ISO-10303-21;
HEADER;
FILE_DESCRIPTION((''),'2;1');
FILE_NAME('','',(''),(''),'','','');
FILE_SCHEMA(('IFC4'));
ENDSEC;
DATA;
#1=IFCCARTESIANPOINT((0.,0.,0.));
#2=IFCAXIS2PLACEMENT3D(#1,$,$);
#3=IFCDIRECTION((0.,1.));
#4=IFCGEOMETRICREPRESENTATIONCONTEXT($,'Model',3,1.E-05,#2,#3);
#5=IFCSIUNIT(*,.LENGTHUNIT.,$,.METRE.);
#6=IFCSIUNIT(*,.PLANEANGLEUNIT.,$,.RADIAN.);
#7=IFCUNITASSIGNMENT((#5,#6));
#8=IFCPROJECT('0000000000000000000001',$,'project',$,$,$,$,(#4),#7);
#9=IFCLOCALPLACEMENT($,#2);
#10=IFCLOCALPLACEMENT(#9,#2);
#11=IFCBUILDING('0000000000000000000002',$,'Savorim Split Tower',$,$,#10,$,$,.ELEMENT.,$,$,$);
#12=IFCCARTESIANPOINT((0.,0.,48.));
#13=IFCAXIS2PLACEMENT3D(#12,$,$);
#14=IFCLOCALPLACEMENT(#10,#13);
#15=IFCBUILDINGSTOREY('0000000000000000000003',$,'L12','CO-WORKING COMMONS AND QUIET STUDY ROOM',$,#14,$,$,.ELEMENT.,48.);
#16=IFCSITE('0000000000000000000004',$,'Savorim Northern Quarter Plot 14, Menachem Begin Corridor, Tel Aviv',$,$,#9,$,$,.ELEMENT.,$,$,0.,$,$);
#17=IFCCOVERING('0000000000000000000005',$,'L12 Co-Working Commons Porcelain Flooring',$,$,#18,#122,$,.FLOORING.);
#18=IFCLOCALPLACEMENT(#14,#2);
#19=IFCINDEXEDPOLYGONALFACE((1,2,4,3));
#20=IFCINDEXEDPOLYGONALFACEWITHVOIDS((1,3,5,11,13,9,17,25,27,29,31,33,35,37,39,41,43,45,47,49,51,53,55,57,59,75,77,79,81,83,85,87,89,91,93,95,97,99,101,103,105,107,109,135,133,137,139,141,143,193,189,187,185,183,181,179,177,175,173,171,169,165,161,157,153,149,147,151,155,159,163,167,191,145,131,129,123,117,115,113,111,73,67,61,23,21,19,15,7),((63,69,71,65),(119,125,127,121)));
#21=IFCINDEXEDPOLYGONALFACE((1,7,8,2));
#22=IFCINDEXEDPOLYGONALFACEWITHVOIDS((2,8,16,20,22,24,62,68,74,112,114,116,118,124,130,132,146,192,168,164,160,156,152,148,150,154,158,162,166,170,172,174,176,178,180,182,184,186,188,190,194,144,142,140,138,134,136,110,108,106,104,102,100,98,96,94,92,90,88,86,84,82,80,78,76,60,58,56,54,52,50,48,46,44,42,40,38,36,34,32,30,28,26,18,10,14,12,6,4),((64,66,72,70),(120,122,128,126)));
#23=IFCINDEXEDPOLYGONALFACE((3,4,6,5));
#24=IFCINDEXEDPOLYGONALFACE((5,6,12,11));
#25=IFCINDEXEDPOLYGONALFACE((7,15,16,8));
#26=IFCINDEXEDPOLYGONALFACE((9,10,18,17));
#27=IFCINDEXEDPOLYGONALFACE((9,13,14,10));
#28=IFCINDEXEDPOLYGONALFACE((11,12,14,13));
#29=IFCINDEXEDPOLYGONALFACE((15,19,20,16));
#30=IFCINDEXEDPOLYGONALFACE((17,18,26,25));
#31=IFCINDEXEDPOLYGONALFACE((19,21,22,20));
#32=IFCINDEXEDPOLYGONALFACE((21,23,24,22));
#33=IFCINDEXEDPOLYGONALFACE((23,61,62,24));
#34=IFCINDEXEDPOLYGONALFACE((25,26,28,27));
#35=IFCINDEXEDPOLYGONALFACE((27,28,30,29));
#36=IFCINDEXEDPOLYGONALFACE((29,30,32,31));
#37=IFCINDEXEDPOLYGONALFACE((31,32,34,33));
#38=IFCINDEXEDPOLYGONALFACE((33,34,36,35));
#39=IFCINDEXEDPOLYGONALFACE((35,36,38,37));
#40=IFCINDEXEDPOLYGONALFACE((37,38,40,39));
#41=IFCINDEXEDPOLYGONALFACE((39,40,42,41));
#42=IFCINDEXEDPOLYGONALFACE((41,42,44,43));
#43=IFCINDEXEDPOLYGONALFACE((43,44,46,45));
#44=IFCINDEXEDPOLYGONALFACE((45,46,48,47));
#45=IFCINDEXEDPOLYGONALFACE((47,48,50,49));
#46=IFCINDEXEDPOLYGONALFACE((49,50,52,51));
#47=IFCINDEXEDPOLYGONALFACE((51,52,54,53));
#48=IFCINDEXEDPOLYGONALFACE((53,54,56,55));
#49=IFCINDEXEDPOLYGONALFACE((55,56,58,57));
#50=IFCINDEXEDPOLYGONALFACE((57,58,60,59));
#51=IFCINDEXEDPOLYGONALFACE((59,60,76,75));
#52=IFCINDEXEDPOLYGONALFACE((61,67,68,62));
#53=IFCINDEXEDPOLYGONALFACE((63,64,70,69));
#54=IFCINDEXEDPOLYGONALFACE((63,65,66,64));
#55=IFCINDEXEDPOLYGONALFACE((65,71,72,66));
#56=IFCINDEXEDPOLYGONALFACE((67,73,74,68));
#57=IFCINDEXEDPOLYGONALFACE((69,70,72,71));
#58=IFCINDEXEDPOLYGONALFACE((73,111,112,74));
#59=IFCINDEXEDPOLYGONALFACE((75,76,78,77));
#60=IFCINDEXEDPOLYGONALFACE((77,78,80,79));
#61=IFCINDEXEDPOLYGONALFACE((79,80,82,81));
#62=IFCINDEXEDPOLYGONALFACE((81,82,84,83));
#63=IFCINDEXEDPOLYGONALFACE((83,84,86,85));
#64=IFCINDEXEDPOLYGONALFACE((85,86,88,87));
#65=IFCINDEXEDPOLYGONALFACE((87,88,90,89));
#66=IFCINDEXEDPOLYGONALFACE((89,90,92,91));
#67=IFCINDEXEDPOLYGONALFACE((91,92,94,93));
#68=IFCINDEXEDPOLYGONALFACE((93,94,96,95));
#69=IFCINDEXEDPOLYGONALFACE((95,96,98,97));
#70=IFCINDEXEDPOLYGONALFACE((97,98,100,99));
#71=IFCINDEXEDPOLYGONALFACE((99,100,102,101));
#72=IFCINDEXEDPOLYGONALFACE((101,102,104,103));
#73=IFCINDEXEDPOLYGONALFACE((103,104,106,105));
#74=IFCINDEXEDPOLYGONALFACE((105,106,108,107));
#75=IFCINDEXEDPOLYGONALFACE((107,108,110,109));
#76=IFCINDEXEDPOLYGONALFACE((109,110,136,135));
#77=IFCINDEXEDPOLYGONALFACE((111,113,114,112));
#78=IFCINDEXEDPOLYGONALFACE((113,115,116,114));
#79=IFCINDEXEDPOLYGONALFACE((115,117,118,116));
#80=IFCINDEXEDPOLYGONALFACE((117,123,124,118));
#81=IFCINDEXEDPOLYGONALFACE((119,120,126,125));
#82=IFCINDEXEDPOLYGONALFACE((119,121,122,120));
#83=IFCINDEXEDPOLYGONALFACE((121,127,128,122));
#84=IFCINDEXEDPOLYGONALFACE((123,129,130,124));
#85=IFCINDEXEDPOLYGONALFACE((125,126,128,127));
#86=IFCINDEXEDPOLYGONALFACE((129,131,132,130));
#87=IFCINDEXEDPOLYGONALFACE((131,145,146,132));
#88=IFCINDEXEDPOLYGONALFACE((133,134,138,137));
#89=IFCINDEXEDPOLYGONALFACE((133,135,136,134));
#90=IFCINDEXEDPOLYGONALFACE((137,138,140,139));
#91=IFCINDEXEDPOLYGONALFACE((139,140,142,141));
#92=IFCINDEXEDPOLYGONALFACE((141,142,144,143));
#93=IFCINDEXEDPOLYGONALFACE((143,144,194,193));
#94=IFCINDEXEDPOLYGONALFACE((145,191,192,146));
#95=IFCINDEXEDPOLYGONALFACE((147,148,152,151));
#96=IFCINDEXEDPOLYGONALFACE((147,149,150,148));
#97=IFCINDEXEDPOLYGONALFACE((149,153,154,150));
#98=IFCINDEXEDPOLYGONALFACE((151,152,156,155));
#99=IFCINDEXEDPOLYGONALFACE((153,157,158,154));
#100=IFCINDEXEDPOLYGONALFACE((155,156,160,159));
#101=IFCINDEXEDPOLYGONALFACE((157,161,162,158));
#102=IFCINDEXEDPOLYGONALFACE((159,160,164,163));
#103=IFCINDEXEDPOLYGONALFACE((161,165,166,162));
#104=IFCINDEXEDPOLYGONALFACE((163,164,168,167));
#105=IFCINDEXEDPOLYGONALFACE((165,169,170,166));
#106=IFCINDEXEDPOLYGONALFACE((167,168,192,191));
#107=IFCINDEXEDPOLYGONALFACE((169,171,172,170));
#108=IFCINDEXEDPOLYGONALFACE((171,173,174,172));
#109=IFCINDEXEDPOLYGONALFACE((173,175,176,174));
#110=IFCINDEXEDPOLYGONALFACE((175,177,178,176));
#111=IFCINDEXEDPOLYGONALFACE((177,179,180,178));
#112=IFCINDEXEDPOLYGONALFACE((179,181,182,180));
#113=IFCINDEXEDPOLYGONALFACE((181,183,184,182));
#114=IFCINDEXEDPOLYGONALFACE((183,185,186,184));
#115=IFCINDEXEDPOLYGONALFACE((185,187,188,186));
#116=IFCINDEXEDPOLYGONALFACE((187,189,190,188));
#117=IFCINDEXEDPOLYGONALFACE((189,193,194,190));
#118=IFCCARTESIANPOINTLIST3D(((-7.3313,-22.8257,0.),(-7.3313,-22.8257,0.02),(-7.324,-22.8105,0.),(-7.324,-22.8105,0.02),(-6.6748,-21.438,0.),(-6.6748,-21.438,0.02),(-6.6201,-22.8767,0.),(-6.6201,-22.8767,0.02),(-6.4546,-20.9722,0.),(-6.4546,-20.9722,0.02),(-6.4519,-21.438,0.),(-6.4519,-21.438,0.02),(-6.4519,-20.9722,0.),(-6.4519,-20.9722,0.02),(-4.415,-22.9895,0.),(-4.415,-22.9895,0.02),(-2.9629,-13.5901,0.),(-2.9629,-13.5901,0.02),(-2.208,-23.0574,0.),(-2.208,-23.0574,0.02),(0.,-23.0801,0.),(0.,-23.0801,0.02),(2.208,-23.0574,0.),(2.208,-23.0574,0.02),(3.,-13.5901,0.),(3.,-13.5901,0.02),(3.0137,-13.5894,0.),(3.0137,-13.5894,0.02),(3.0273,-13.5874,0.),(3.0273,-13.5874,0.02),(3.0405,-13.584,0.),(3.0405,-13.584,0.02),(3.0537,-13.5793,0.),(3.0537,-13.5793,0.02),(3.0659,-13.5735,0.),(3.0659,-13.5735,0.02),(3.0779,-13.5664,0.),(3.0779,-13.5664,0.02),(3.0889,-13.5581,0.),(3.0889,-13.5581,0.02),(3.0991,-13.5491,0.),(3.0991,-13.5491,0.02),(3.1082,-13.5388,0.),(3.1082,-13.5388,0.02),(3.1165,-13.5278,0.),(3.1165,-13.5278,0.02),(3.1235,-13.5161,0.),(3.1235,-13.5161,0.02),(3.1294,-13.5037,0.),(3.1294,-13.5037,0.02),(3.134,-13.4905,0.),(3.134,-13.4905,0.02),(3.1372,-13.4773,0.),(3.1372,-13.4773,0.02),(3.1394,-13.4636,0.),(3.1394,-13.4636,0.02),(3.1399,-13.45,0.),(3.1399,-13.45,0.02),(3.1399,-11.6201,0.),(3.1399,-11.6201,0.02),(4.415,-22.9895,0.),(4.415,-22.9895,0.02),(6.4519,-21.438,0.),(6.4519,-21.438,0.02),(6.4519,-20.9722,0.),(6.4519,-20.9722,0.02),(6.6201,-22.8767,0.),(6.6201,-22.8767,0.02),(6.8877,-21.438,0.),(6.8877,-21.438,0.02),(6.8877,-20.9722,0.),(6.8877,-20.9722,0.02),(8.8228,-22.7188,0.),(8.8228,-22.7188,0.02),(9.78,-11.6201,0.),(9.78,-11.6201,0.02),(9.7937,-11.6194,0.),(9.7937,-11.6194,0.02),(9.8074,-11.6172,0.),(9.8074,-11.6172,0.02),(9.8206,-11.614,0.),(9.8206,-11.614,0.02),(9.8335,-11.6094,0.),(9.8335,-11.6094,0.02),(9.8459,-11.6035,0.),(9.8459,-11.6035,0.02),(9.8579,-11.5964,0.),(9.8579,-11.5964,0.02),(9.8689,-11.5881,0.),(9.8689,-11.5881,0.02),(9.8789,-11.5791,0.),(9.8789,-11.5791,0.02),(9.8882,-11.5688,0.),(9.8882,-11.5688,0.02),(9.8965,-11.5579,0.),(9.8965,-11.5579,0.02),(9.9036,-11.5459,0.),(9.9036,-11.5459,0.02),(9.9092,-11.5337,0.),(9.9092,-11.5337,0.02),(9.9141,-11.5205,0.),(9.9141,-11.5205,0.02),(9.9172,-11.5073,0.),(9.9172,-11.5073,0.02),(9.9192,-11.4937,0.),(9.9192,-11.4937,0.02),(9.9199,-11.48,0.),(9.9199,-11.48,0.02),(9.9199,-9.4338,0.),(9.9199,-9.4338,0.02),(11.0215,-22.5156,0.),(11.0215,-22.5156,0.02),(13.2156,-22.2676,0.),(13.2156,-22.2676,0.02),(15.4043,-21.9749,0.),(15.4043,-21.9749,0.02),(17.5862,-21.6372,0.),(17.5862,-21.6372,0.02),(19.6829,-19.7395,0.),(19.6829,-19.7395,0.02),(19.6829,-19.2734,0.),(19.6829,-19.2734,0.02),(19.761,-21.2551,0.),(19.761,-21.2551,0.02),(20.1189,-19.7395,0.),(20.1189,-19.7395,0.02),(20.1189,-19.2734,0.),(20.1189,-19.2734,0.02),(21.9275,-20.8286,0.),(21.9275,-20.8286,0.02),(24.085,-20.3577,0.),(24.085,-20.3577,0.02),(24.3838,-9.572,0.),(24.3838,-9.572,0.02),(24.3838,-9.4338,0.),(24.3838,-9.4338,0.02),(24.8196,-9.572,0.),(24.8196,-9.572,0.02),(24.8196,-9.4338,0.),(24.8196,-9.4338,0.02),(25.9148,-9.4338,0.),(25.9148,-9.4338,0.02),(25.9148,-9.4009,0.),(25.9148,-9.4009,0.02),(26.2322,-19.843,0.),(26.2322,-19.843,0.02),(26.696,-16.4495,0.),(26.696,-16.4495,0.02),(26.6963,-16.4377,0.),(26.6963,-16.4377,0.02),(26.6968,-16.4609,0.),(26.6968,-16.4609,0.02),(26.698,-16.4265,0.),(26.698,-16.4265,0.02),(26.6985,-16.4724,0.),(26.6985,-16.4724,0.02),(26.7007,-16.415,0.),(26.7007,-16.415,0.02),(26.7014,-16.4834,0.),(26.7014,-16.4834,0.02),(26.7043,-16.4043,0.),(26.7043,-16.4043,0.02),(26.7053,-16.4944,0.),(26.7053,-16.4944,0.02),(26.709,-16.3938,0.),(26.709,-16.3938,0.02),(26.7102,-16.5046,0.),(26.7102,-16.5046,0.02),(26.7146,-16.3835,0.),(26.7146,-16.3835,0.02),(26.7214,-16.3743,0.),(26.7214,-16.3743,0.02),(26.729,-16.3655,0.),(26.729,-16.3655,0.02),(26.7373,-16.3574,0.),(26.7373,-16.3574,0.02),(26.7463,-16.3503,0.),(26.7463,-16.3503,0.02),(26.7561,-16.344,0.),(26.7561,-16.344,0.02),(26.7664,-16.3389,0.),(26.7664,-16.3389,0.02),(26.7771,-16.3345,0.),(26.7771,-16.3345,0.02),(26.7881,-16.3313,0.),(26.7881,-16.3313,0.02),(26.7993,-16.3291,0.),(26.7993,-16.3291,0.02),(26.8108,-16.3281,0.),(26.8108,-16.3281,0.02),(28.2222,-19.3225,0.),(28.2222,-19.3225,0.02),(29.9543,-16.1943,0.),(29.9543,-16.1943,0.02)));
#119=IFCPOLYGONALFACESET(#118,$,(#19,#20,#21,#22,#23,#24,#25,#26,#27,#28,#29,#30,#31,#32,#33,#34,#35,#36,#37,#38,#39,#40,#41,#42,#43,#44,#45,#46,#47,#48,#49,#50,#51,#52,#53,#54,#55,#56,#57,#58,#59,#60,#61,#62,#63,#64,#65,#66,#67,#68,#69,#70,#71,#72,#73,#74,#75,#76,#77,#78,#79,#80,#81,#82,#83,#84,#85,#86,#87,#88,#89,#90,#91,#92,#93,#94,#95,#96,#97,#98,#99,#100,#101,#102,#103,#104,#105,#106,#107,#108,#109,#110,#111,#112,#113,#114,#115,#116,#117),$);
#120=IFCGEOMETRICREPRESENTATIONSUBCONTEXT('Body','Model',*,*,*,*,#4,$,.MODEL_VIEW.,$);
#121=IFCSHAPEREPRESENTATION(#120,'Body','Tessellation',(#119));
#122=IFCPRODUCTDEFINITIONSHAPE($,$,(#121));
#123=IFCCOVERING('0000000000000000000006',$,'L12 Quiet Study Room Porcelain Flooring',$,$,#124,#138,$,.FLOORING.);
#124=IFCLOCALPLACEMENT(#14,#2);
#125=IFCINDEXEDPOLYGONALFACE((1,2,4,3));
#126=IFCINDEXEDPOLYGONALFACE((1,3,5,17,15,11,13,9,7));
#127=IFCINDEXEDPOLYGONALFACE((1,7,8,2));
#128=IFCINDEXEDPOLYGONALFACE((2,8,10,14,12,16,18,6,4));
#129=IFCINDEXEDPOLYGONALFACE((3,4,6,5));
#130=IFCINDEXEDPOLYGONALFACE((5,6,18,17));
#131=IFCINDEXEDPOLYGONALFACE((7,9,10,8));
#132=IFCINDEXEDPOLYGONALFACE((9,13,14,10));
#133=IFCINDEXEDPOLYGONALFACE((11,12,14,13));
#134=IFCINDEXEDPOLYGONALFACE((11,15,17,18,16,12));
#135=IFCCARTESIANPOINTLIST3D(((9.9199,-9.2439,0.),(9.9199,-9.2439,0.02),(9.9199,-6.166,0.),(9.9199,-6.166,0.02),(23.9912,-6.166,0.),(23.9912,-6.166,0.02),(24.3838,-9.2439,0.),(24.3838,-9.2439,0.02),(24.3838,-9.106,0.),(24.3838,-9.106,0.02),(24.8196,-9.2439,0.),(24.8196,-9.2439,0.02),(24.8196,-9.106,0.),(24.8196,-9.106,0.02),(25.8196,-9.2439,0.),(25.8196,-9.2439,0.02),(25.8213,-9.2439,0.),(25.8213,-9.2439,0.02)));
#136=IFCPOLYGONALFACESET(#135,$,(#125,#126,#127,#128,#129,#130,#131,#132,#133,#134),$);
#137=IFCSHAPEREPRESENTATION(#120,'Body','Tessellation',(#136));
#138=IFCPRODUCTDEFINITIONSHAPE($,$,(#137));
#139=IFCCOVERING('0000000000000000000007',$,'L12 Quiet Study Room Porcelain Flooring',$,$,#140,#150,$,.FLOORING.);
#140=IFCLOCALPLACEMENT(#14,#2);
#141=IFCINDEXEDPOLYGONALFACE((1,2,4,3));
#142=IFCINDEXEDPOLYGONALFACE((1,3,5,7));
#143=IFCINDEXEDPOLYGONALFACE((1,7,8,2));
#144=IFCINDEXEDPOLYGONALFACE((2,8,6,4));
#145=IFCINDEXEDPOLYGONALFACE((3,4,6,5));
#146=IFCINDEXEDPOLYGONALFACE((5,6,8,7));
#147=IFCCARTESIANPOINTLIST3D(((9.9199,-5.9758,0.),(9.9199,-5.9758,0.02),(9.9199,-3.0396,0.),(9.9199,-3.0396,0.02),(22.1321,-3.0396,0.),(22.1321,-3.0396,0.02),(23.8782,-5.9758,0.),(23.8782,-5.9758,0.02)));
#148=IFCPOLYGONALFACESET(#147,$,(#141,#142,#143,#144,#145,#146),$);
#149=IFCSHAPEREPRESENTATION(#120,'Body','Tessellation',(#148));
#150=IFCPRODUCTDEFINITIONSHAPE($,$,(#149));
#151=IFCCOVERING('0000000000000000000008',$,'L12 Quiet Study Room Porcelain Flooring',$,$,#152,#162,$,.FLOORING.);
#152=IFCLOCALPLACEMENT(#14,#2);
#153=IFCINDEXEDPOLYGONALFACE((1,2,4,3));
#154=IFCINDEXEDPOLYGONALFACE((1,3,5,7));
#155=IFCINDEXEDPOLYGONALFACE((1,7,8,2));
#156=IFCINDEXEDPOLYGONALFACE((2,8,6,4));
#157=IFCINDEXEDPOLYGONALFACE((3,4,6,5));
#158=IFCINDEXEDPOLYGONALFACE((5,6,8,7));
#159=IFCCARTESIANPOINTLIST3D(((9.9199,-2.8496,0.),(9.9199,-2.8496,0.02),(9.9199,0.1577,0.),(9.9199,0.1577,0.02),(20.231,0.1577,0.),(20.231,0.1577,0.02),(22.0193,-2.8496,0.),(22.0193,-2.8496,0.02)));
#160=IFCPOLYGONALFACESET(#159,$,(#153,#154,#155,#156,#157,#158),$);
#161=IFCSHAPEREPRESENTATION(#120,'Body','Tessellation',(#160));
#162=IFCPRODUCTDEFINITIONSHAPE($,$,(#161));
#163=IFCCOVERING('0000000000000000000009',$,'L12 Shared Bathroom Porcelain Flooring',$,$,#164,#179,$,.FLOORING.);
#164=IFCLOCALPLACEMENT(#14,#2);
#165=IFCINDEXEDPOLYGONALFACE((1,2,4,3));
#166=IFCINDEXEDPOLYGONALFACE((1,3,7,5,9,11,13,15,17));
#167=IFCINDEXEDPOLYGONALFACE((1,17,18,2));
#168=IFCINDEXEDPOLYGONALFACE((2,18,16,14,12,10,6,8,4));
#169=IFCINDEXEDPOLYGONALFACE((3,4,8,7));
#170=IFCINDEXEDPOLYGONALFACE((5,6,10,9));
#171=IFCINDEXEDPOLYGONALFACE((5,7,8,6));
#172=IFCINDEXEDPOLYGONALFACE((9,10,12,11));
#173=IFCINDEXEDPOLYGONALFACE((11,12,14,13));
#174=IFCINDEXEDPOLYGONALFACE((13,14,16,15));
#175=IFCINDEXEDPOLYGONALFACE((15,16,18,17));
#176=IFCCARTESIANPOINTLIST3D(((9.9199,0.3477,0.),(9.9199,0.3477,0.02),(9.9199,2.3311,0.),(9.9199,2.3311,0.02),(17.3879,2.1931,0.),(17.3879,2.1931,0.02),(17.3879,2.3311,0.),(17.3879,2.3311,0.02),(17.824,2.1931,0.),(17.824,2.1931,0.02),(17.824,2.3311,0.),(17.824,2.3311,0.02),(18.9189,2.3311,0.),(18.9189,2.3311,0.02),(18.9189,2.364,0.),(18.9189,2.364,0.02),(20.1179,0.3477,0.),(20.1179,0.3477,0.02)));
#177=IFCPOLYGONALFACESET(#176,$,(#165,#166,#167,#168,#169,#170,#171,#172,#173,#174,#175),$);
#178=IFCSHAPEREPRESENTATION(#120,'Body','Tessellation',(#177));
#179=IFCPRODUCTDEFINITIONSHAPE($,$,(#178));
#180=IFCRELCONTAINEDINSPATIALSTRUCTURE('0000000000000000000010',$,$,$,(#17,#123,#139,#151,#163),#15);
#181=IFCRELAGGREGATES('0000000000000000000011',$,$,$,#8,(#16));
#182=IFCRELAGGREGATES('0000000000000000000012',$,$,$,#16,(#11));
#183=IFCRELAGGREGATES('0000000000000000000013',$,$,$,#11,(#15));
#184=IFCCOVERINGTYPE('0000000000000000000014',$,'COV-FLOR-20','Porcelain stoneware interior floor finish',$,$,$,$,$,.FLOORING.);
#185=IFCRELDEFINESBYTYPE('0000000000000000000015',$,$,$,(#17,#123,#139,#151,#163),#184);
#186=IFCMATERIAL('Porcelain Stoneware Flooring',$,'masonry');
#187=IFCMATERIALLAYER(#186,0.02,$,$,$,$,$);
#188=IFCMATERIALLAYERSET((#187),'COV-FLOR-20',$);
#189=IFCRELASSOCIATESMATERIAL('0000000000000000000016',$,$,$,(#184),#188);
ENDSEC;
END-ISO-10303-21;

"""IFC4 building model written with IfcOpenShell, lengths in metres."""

from ifc_helpers import new_model, si_unit, direction, frame, origin, place, context, subcontext, project, spatial, polyline, outline, extrude, material, layer, layer_set, type_object, element, save


model = new_model("IFC4")

# Units and contexts
model_context = context("Model", 3, precision=1e-05, world=origin(), true_north=direction((0.0, 1.0)))
body_context = subcontext(model_context, "Body", "Model", "MODEL_VIEW")
ifc_project = project(units=[si_unit("LENGTHUNIT", "METRE"), si_unit("PLANEANGLEUNIT", "RADIAN")], contexts=[model_context])

# Site, building, storey
site_placement = place(None, origin())
site = spatial("IfcSite", under=ifc_project, at=site_placement, Name="Savorim Northern Quarter Plot 14, Menachem Begin Corridor, Tel Aviv", CompositionType="ELEMENT", RefElevation=0.0)
building_placement = place(site_placement, origin())
building = spatial("IfcBuilding", under=site, at=building_placement, Name="Savorim Split Tower", CompositionType="ELEMENT")
storey_placement = place(building_placement, frame((0.0, 0.0, 48.0)))
storey = spatial("IfcBuildingStorey", under=building, at=storey_placement, Name="L12", Description="CO-WORKING COMMONS AND QUIET STUDY ROOM", CompositionType="ELEMENT", Elevation=48.0)

# Coverings
ifc_material_1 = material(Name="Porcelain Stoneware Flooring", Category="masonry")
ifc_layer_1 = layer(ifc_material_1, 0.02)
ifc_layer_set_1 = layer_set([ifc_layer_1], Name="COV-FLOR-20")
covering_type_1 = type_object("IfcCoveringType", Name="COV-FLOR-20", Description="Porcelain stoneware interior floor finish", PredefinedType="FLOORING", material=ifc_layer_set_1)
covering_1_placement = place(storey_placement, origin())
element("IfcCovering", 1, at=covering_1_placement, inside=storey, type_object=covering_type_1, Name="L12 Co-Working Commons Porcelain Flooring", PredefinedType="FLOORING", context=body_context, shape_type="SweptSolid", body=[
    extrude(outline(polyline([(26.7881, -16.3313), (26.7993, -16.3291), (26.8108, -16.3281), (29.9543, -16.1943), (25.9148, -9.4009), (25.9148, -9.4338), (24.8196, -9.4338), (24.8196, -9.572), (24.3838, -9.572), (24.3838, -9.4338), (9.9199, -9.4338), (9.9199, -11.48), (9.9192, -11.4937), (9.9172, -11.5073), (9.9141, -11.5205), (9.9092, -11.5337), (9.9036, -11.5459), (9.8965, -11.5579), (9.8882, -11.5688), (9.8789, -11.5791), (9.8689, -11.5881), (9.8579, -11.5964), (9.8459, -11.6035), (9.8335, -11.6094), (9.8206, -11.614), (9.8074, -11.6172), (9.7937, -11.6194), (9.78, -11.6201), (3.1399, -11.6201), (3.1399, -13.45), (3.1394, -13.4636), (3.1372, -13.4773), (3.134, -13.4905), (3.1294, -13.5037), (3.1235, -13.5161), (3.1165, -13.5278), (3.1082, -13.5388), (3.0991, -13.5491), (3.0889, -13.5581), (3.0779, -13.5664), (3.0659, -13.5735), (3.0537, -13.5793), (3.0405, -13.584), (3.0273, -13.5874), (3.0137, -13.5894), (3.0, -13.5901), (-2.9629, -13.5901), (-6.4546, -20.9722), (-6.4519, -20.9722), (-6.4519, -21.438), (-6.6748, -21.438), (-7.324, -22.8105), (-7.3313, -22.8257), (-6.6201, -22.8767), (-4.415, -22.9895), (-2.208, -23.0574), (0.0, -23.0801), (2.208, -23.0574), (4.415, -22.9895), (6.6201, -22.8767), (8.8228, -22.7188), (11.0215, -22.5156), (13.2156, -22.2676), (15.4043, -21.9749), (17.5862, -21.6372), (19.761, -21.2551), (21.9275, -20.8286), (24.085, -20.3577), (26.2322, -19.843), (28.2222, -19.3225), (26.7102, -16.5046), (26.7053, -16.4944), (26.7014, -16.4834), (26.6985, -16.4724), (26.6968, -16.4609), (26.696, -16.4495), (26.6963, -16.4377), (26.698, -16.4265), (26.7007, -16.415), (26.7043, -16.4043), (26.709, -16.3938), (26.7146, -16.3835), (26.7214, -16.3743), (26.729, -16.3655), (26.7373, -16.3574), (26.7463, -16.3503), (26.7561, -16.344), (26.7664, -16.3389), (26.7771, -16.3345), (26.7881, -16.3313)]), holes=[polyline([(6.4519, -21.438), (6.8877, -21.438), (6.8877, -20.9722), (6.4519, -20.9722), (6.4519, -21.438)]), polyline([(20.1189, -19.7395), (20.1189, -19.2734), (19.6829, -19.2734), (19.6829, -19.7395), (20.1189, -19.7395)])]), origin(), (0.0, 0.0, 1.0), 0.02),
])
covering_2_placement = place(storey_placement, origin())
element("IfcCovering", 2, at=covering_2_placement, inside=storey, type_object=covering_type_1, Name="L12 Quiet Study Room Porcelain Flooring", PredefinedType="FLOORING", context=body_context, shape_type="SweptSolid", body=[
    extrude(outline(polyline([(24.8196, -9.106), (24.8196, -9.2439), (25.8196, -9.2439), (25.8213, -9.2439), (23.9912, -6.166), (9.9199, -6.166), (9.9199, -9.2439), (24.3838, -9.2439), (24.3838, -9.106), (24.8196, -9.106)])), origin(), (0.0, 0.0, 1.0), 0.02),
])
covering_3_placement = place(storey_placement, origin())
element("IfcCovering", 3, at=covering_3_placement, inside=storey, type_object=covering_type_1, Name="L12 Quiet Study Room Porcelain Flooring", PredefinedType="FLOORING", context=body_context, shape_type="SweptSolid", body=[
    extrude(outline(polyline([(23.8782, -5.9758), (22.1321, -3.0396), (9.9199, -3.0396), (9.9199, -5.9758), (23.8782, -5.9758)])), origin(), (0.0, 0.0, 1.0), 0.02),
])
covering_4_placement = place(storey_placement, origin())
element("IfcCovering", 4, at=covering_4_placement, inside=storey, type_object=covering_type_1, Name="L12 Quiet Study Room Porcelain Flooring", PredefinedType="FLOORING", context=body_context, shape_type="SweptSolid", body=[
    extrude(outline(polyline([(22.0193, -2.8496), (20.231, 0.1577), (9.9199, 0.1577), (9.9199, -2.8496), (22.0193, -2.8496)])), origin(), (0.0, 0.0, 1.0), 0.02),
])
covering_5_placement = place(storey_placement, origin())
element("IfcCovering", 5, at=covering_5_placement, inside=storey, type_object=covering_type_1, Name="L12 Shared Bathroom Porcelain Flooring", PredefinedType="FLOORING", context=body_context, shape_type="SweptSolid", body=[
    extrude(outline(polyline([(17.3879, 2.1931), (17.3879, 2.3311), (9.9199, 2.3311), (9.9199, 0.3477), (20.1179, 0.3477), (18.9189, 2.364), (18.9189, 2.3311), (17.824, 2.3311), (17.824, 2.1931), (17.3879, 2.1931)])), origin(), (0.0, 0.0, 1.0), 0.02),
])

save(model, "model.ifc")
